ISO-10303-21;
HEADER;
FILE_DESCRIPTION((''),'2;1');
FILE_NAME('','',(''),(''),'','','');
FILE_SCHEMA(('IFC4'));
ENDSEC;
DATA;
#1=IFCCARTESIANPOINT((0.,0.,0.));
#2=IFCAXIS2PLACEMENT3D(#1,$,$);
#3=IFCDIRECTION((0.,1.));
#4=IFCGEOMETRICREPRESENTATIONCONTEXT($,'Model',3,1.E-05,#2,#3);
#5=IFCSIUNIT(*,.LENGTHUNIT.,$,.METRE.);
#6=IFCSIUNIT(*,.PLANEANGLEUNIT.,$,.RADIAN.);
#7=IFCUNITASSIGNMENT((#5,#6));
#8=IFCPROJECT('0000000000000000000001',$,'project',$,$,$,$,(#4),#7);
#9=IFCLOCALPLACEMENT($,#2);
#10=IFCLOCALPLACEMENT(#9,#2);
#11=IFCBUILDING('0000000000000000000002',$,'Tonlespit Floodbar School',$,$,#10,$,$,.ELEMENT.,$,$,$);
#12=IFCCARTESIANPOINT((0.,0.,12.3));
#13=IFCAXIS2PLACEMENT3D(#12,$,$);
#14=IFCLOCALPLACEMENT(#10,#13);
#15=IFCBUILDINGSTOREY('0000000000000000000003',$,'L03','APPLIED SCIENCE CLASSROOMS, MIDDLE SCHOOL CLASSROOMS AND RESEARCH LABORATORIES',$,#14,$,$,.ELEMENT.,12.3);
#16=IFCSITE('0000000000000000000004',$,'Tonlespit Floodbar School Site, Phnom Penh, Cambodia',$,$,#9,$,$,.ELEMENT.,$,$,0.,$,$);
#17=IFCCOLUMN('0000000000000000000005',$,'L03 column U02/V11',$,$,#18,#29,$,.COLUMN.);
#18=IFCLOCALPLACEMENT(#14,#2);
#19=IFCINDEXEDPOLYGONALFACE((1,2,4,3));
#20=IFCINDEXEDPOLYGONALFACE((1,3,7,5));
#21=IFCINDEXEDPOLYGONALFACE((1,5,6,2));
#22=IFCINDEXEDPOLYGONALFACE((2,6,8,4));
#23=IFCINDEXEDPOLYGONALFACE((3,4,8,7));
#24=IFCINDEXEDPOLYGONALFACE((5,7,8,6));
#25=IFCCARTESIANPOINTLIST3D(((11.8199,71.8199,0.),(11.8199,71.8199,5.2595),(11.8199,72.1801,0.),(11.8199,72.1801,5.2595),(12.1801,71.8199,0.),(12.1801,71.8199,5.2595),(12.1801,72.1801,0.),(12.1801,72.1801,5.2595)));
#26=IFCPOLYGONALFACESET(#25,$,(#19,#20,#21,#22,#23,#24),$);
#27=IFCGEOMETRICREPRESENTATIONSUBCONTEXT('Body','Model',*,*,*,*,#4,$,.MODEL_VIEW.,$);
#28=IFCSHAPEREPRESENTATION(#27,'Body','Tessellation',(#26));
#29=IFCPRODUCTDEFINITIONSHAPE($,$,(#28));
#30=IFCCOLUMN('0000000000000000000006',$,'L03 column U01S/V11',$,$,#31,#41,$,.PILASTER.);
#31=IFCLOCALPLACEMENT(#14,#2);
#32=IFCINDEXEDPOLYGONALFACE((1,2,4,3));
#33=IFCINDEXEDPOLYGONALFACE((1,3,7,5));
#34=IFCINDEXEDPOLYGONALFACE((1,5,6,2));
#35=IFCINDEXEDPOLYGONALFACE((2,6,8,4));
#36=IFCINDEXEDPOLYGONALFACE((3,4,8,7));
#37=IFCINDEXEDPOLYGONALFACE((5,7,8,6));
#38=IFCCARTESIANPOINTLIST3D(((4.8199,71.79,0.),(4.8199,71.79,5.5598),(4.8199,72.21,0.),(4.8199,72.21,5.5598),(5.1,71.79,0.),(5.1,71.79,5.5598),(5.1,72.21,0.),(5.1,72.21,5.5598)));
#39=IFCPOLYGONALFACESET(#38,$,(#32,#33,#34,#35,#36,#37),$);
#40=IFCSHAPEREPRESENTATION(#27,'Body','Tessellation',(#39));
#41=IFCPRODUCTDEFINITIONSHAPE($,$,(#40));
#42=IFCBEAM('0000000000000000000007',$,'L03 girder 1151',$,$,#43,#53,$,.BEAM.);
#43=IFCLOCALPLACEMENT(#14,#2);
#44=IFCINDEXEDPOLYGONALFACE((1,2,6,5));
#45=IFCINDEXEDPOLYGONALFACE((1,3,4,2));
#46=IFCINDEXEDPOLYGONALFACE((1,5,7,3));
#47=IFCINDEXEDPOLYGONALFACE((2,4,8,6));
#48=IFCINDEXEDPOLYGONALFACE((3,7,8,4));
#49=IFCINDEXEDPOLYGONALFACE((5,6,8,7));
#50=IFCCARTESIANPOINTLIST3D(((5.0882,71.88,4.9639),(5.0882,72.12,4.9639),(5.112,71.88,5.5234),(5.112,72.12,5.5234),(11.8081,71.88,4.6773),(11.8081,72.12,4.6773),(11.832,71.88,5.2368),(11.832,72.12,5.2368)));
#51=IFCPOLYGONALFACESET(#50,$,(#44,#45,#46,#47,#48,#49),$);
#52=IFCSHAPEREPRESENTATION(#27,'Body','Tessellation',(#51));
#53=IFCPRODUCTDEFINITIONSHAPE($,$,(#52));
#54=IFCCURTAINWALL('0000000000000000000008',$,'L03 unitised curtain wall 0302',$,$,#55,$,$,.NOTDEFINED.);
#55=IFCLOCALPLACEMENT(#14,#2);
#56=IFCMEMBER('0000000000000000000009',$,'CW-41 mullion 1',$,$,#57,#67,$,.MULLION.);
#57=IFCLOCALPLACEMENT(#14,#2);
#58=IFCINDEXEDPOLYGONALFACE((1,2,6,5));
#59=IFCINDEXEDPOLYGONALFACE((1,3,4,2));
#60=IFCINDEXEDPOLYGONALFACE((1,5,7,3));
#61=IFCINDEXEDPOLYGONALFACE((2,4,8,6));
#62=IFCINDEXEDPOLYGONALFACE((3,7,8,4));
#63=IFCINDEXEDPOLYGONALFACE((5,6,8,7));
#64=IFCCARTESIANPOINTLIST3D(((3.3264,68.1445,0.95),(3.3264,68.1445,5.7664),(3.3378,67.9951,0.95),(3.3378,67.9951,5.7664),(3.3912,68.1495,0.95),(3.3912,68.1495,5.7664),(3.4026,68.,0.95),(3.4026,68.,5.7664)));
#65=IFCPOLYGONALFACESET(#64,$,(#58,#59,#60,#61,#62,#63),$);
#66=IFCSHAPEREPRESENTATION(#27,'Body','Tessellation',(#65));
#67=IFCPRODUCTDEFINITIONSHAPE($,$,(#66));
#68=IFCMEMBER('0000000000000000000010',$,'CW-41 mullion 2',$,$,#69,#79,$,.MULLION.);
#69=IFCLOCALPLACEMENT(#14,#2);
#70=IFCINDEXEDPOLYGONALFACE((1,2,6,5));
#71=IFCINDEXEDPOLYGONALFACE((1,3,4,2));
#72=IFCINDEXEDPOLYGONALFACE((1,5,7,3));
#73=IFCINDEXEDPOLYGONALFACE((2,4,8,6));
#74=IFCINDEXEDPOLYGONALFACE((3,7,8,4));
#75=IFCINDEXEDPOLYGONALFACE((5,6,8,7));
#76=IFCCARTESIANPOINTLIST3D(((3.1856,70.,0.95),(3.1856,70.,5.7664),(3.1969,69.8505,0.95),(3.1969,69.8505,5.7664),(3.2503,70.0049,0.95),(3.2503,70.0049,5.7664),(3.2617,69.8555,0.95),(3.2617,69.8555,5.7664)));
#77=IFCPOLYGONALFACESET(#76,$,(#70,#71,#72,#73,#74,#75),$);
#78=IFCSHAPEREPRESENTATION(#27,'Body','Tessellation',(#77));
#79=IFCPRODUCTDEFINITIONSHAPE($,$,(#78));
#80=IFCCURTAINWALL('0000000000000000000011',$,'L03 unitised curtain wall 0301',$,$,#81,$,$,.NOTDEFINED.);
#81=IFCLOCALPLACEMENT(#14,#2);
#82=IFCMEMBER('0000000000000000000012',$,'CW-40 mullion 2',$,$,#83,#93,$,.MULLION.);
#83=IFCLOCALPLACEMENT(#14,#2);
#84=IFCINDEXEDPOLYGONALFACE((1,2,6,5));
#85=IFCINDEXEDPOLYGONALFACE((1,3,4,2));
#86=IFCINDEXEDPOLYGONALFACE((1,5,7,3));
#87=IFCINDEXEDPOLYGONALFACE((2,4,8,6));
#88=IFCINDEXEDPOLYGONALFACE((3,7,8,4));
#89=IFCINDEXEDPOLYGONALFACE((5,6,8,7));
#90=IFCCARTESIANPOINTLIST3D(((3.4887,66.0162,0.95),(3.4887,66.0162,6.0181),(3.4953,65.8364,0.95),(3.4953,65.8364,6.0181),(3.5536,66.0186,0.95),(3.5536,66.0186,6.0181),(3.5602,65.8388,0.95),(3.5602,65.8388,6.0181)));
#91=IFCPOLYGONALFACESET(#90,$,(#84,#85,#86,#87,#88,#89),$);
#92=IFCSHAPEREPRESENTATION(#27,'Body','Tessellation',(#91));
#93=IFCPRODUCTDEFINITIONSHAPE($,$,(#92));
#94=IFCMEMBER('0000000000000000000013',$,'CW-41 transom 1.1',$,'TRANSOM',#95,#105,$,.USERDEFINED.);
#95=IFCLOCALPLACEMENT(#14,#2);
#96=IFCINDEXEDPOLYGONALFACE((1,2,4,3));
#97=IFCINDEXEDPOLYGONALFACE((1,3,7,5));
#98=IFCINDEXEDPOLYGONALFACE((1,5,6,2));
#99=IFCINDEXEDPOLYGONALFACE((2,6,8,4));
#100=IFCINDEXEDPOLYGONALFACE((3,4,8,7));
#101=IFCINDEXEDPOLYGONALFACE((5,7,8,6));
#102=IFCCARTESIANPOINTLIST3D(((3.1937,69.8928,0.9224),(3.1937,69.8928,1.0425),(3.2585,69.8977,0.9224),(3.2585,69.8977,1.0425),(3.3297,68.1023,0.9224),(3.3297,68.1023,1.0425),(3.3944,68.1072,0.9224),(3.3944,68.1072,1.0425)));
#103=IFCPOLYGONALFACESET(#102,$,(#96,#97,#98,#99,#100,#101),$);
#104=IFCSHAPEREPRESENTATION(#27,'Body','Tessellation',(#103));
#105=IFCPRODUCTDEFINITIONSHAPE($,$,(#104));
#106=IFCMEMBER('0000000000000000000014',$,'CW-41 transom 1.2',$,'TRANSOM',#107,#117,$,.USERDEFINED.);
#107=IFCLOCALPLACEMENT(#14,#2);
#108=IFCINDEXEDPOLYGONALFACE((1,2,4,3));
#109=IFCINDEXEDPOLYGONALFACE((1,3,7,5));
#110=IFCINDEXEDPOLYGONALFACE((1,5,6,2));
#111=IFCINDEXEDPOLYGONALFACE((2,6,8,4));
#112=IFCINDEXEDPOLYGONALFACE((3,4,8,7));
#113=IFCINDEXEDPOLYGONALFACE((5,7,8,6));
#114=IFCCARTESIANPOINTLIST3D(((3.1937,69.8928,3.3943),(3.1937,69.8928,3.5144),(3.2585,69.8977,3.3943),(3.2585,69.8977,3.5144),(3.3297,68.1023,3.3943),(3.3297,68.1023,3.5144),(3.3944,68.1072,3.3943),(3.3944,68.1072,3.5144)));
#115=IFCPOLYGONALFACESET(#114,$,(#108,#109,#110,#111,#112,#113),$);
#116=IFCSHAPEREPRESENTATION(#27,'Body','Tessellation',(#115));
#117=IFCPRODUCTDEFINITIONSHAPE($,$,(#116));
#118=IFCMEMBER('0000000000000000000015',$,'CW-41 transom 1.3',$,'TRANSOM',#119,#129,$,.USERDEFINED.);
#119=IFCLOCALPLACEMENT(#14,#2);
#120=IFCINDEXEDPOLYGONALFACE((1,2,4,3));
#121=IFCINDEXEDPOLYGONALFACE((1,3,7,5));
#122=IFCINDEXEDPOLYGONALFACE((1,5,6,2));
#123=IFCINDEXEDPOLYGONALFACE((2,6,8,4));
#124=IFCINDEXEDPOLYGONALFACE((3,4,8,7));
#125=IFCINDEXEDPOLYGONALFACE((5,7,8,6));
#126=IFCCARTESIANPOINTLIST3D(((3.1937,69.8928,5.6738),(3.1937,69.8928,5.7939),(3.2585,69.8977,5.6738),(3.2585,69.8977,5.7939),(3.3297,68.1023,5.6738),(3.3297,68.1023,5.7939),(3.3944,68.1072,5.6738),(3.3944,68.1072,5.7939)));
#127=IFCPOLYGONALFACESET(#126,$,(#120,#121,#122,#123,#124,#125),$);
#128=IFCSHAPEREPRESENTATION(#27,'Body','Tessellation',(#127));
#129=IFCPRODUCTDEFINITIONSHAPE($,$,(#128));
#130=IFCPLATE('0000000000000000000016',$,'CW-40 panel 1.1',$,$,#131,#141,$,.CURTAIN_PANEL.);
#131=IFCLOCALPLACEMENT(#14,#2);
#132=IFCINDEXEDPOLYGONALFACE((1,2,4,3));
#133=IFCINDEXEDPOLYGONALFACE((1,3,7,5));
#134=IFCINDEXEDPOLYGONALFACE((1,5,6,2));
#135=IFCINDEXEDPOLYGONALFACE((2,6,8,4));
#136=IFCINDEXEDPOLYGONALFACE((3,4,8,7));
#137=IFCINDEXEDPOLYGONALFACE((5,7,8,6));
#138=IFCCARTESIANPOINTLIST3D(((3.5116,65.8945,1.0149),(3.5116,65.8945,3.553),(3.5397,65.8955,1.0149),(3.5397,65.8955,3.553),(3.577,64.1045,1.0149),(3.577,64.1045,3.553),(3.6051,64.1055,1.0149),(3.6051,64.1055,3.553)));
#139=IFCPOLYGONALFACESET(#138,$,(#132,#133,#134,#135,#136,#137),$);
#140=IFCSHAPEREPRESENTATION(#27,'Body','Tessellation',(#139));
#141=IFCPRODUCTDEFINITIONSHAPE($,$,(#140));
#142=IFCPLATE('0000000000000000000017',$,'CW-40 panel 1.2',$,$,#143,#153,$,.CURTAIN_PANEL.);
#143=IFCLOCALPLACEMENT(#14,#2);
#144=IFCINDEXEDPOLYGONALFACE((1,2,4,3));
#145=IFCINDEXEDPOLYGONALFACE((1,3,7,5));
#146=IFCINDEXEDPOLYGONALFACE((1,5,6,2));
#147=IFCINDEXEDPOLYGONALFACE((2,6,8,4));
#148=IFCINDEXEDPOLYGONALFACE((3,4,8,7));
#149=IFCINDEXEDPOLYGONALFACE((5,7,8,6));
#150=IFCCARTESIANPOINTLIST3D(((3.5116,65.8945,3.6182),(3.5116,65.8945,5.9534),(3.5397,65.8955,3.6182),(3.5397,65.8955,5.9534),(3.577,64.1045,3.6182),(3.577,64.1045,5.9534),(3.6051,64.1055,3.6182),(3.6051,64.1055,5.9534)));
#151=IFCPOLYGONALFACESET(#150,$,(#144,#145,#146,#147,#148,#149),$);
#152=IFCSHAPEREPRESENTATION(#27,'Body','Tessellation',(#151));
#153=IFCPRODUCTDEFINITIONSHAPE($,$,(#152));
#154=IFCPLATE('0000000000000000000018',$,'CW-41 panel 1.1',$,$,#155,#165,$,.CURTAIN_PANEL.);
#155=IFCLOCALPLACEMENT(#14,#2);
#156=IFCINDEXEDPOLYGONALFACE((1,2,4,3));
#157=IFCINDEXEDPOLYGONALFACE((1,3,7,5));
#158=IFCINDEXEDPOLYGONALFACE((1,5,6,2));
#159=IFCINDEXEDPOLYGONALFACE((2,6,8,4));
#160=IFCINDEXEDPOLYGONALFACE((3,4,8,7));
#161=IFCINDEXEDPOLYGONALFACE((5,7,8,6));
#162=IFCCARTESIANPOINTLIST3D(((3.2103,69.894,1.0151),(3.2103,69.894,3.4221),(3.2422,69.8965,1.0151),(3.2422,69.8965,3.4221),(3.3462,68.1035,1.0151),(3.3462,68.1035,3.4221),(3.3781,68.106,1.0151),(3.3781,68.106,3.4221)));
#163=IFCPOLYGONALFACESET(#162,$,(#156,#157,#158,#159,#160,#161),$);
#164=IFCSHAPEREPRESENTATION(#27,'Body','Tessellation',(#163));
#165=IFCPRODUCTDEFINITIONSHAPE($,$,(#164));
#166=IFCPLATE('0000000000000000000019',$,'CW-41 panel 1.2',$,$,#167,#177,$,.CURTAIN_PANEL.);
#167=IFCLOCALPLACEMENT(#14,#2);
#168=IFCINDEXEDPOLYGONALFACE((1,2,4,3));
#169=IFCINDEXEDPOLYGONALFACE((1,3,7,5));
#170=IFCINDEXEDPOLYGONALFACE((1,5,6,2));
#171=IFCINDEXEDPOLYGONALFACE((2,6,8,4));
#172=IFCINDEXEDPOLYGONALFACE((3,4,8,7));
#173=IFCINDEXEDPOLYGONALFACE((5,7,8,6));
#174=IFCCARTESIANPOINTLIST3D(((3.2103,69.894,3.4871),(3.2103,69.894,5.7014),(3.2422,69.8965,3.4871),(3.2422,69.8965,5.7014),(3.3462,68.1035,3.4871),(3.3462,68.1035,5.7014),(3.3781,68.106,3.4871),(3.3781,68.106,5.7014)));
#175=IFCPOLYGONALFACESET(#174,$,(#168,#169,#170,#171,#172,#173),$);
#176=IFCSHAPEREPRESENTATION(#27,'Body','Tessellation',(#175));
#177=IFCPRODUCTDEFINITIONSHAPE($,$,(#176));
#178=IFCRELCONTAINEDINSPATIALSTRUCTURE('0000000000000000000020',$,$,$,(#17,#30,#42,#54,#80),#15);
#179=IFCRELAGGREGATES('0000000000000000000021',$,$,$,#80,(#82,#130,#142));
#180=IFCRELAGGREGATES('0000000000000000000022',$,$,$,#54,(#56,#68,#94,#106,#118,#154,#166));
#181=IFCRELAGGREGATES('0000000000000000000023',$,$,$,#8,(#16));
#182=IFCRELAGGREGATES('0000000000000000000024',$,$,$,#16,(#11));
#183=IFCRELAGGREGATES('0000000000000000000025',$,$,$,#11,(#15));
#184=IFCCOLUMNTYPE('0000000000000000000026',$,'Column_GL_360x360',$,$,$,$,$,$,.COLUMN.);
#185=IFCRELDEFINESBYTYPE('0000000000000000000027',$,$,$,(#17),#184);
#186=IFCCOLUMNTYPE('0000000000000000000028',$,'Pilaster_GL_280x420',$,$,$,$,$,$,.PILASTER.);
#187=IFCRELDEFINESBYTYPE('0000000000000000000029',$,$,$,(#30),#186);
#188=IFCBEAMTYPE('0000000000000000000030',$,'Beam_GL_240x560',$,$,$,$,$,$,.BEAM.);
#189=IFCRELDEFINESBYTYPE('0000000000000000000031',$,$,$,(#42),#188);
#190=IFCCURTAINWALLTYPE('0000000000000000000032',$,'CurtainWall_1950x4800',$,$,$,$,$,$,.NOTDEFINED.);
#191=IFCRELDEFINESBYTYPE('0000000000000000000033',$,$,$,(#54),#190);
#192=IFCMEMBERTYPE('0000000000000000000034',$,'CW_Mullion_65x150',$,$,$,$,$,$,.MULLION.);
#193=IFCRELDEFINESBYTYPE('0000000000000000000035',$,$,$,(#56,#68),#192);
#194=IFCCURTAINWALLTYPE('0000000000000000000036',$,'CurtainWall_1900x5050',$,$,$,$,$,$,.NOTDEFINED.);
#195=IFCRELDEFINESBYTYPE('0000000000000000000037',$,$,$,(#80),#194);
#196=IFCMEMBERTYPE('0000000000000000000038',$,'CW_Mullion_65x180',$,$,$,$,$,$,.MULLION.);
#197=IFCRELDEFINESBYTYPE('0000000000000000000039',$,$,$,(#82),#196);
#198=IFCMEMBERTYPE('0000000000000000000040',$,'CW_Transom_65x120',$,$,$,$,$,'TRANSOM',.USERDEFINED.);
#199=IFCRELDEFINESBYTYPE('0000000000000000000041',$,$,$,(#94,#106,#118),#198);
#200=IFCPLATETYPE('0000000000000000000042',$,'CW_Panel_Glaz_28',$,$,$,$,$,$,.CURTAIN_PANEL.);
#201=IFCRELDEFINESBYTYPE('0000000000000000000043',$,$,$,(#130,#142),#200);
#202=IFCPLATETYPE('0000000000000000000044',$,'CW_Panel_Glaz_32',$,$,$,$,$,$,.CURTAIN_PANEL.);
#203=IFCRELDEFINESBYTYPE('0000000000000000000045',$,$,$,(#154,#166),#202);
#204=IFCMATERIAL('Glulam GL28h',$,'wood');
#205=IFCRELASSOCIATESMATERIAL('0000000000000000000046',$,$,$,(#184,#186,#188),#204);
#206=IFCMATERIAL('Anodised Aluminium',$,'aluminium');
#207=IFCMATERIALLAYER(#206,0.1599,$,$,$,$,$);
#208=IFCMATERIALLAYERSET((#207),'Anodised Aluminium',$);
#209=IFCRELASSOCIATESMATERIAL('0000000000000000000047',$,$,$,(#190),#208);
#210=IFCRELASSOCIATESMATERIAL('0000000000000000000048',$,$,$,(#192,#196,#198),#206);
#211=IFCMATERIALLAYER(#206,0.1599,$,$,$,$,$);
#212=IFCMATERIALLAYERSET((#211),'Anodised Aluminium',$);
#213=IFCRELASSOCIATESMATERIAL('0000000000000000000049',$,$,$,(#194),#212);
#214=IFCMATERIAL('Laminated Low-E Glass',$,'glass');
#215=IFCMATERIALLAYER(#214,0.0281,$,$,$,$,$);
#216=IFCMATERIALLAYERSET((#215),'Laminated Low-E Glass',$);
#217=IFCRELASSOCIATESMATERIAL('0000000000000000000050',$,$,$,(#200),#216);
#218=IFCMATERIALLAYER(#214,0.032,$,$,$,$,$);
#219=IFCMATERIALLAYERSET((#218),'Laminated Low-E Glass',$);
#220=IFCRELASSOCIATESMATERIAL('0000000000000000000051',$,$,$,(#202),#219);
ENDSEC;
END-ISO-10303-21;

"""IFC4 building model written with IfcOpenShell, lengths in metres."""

from ifc_helpers import new_model, si_unit, direction, frame, origin, origin_2d, place, context, subcontext, project, spatial, rectangle, extrude, material, layer, layer_set, material_profile, profile_set, type_object, element, aggregate, save


model = new_model("IFC4")

# Units and contexts
model_context = context("Model", 3, precision=1e-05, world=origin(), true_north=direction((0.0, 1.0)))
body_context = subcontext(model_context, "Body", "Model", "MODEL_VIEW")
ifc_project = project(units=[si_unit("LENGTHUNIT", "METRE"), si_unit("PLANEANGLEUNIT", "RADIAN")], contexts=[model_context])

# Site, building, storey
site_placement = place(None, origin())
site = spatial("IfcSite", under=ifc_project, at=site_placement, Name="Tonlespit Floodbar School Site, Phnom Penh, Cambodia", CompositionType="ELEMENT", RefElevation=0.0)
building_placement = place(site_placement, origin())
building = spatial("IfcBuilding", under=site, at=building_placement, Name="Tonlespit Floodbar School", CompositionType="ELEMENT")
storey_placement = place(building_placement, frame((0.0, 0.0, 12.3)))
storey = spatial("IfcBuildingStorey", under=building, at=storey_placement, Name="L03", Description="APPLIED SCIENCE CLASSROOMS, MIDDLE SCHOOL CLASSROOMS AND RESEARCH LABORATORIES", CompositionType="ELEMENT", Elevation=12.3)

# Columns
ifc_material_1 = material(Name="Glulam GL28h", Category="wood")
ifc_material_profile_1 = material_profile(ifc_material_1, rectangle(XDim=0.3601, YDim=0.3601, at=origin_2d()), Name="GL 360x360")
ifc_profile_set_1 = profile_set([ifc_material_profile_1], Name="Glulam GL28h")
column_type_1 = type_object("IfcColumnType", Name="Column_GL_360x360", PredefinedType="COLUMN", material=ifc_profile_set_1)
column_1_placement = place(storey_placement, frame((12.0, 72.0, 0.0), z_axis=(0.0, 0.0, 1.0), x_axis=(1.0, 0.0, 0.0)))
element("IfcColumn", 1, at=column_1_placement, inside=storey, type_object=column_type_1, Name="L03 column U02/V11", PredefinedType="COLUMN", context=body_context, shape_type="SweptSolid", body=[
    extrude(rectangle(XDim=0.3601, YDim=0.3601, at=origin_2d()), origin(), (0.0, 0.0, 1.0), 5.2595),
])
ifc_material_profile_2 = material_profile(ifc_material_1, rectangle(XDim=0.28, YDim=0.4199, at=origin_2d()), Name="GL 280x420")
ifc_profile_set_2 = profile_set([ifc_material_profile_2], Name="Glulam GL28h")
column_type_2 = type_object("IfcColumnType", Name="Pilaster_GL_280x420", PredefinedType="PILASTER", material=ifc_profile_set_2)
column_2_placement = place(storey_placement, frame((4.96, 72.0, 0.0), z_axis=(0.0, 0.0, 1.0), x_axis=(1.0, 0.0, 0.0)))
element("IfcColumn", 2, at=column_2_placement, inside=storey, type_object=column_type_2, Name="L03 column U01S/V11", PredefinedType="PILASTER", context=body_context, shape_type="SweptSolid", body=[
    extrude(rectangle(XDim=0.28, YDim=0.4199, at=origin_2d()), origin(), (0.0, 0.0, 1.0), 5.5598),
])

# Beam
ifc_material_profile_3 = material_profile(ifc_material_1, rectangle(XDim=0.24, YDim=0.5601, at=origin_2d()), Name="GL 240x560")
ifc_profile_set_3 = profile_set([ifc_material_profile_3], Name="Glulam GL28h")
beam_type = type_object("IfcBeamType", Name="Beam_GL_240x560", PredefinedType="BEAM", material=ifc_profile_set_3)
beam_placement = place(storey_placement, frame((5.1001, 72.0, 5.2437), z_axis=(0.999092, 0.0, -0.042613), x_axis=(0.0, 1.0, 0.0)))
element("IfcBeam", 3, at=beam_placement, inside=storey, type_object=beam_type, Name="L03 girder 1151", PredefinedType="BEAM", context=body_context, shape_type="SweptSolid", body=[
    extrude(rectangle(XDim=0.24, YDim=0.5601, at=origin_2d()), origin(), (0.0, 0.0, 1.0), 6.7261),
])

# Curtain wall, members
ifc_material_2 = material(Name="Anodised Aluminium", Category="aluminium")
ifc_layer_1 = layer(ifc_material_2, 0.1599)
ifc_layer_set_1 = layer_set([ifc_layer_1], Name="Anodised Aluminium")
curtain_wall_type_1 = type_object("IfcCurtainWallType", Name="CurtainWall_1950x4800", PredefinedType="NOTDEFINED", material=ifc_layer_set_1)
curtain_wall_1_placement = place(storey_placement, origin())
curtain_wall_1 = element("IfcCurtainWall", 4, at=curtain_wall_1_placement, inside=storey, type_object=curtain_wall_type_1, Name="L03 unitised curtain wall 0302", PredefinedType="NOTDEFINED")
ifc_material_profile_4 = material_profile(ifc_material_2, rectangle(XDim=0.0649, YDim=0.1499, at=origin_2d()), Name="ALU M65x150")
ifc_profile_set_4 = profile_set([ifc_material_profile_4], Name="Anodised Aluminium")
member_type_1 = type_object("IfcMemberType", Name="CW_Mullion_65x150", PredefinedType="MULLION", material=ifc_profile_set_4)
member_1_placement = place(storey_placement, frame((3.3645, 68.0723, 0.95), z_axis=(0.0, 0.0, 1.0), x_axis=(-0.99713, -0.075712, 0.0)))
member_1 = element("IfcMember", 5, at=member_1_placement, type_object=member_type_1, Name="CW-41 mullion 1", PredefinedType="MULLION", context=body_context, shape_type="SweptSolid", body=[
    extrude(rectangle(XDim=0.0649, YDim=0.1499, at=origin_2d()), origin(), (0.0, 0.0, 1.0), 4.8164),
])
member_2_placement = place(storey_placement, frame((3.2236, 69.9277, 0.95), z_axis=(0.0, 0.0, 1.0), x_axis=(-0.99713, -0.075712, 0.0)))
member_2 = element("IfcMember", 6, at=member_2_placement, type_object=member_type_1, Name="CW-41 mullion 2", PredefinedType="MULLION", context=body_context, shape_type="SweptSolid", body=[
    extrude(rectangle(XDim=0.0649, YDim=0.1499, at=origin_2d()), origin(), (0.0, 0.0, 1.0), 4.8164),
])

# Curtain wall, member
ifc_layer_2 = layer(ifc_material_2, 0.1599)
ifc_layer_set_2 = layer_set([ifc_layer_2], Name="Anodised Aluminium")
curtain_wall_type_2 = type_object("IfcCurtainWallType", Name="CurtainWall_1900x5050", PredefinedType="NOTDEFINED", material=ifc_layer_set_2)
curtain_wall_2_placement = place(storey_placement, origin())
curtain_wall_2 = element("IfcCurtainWall", 7, at=curtain_wall_2_placement, inside=storey, type_object=curtain_wall_type_2, Name="L03 unitised curtain wall 0301", PredefinedType="NOTDEFINED")
ifc_material_profile_5 = material_profile(ifc_material_2, rectangle(XDim=0.0649, YDim=0.1799, at=origin_2d()), Name="ALU M65x180")
ifc_profile_set_5 = profile_set([ifc_material_profile_5], Name="Anodised Aluminium")
member_type_2 = type_object("IfcMemberType", Name="CW_Mullion_65x180", PredefinedType="MULLION", material=ifc_profile_set_5)
member_3_placement = place(storey_placement, frame((3.5244, 65.9275, 0.95), z_axis=(0.0, 0.0, 1.0), x_axis=(-0.999332, -0.036538, 0.0)))
member_3 = element("IfcMember", 8, at=member_3_placement, type_object=member_type_2, Name="CW-40 mullion 2", PredefinedType="MULLION", context=body_context, shape_type="SweptSolid", body=[
    extrude(rectangle(XDim=0.0649, YDim=0.1799, at=origin_2d()), origin(), (0.0, 0.0, 1.0), 5.0681),
])

# Members
ifc_material_profile_6 = material_profile(ifc_material_2, rectangle(XDim=0.0649, YDim=0.1201, at=origin_2d()), Name="ALU T65x120")
ifc_profile_set_6 = profile_set([ifc_material_profile_6], Name="Anodised Aluminium")
member_type_3 = type_object("IfcMemberType", Name="CW_Transom_65x120", ElementType="TRANSOM", PredefinedType="USERDEFINED", material=ifc_profile_set_6)
member_4_placement = place(storey_placement, frame((3.3621, 68.1047, 0.9824), z_axis=(-0.07573, 0.997128, 0.0), x_axis=(-0.997128, -0.07573, 0.0)))
member_4 = element("IfcMember", 9, at=member_4_placement, type_object=member_type_3, Name="CW-41 transom 1.1", ObjectType="TRANSOM", PredefinedType="USERDEFINED", context=body_context, shape_type="SweptSolid", body=[
    extrude(rectangle(XDim=0.0649, YDim=0.1201, at=origin_2d()), origin(), (0.0, 0.0, 1.0), 1.7957),
])
member_5_placement = place(storey_placement, frame((3.3621, 68.1047, 3.4543), z_axis=(-0.07573, 0.997128, 0.0), x_axis=(-0.997128, -0.07573, 0.0)))
member_5 = element("IfcMember", 10, at=member_5_placement, type_object=member_type_3, Name="CW-41 transom 1.2", ObjectType="TRANSOM", PredefinedType="USERDEFINED", context=body_context, shape_type="SweptSolid", body=[
    extrude(rectangle(XDim=0.0649, YDim=0.1201, at=origin_2d()), origin(), (0.0, 0.0, 1.0), 1.7957),
])
member_6_placement = place(storey_placement, frame((3.3621, 68.1047, 5.7339), z_axis=(-0.07573, 0.997128, 0.0), x_axis=(-0.997128, -0.07573, 0.0)))
member_6 = element("IfcMember", 11, at=member_6_placement, type_object=member_type_3, Name="CW-41 transom 1.3", ObjectType="TRANSOM", PredefinedType="USERDEFINED", context=body_context, shape_type="SweptSolid", body=[
    extrude(rectangle(XDim=0.0649, YDim=0.1201, at=origin_2d()), origin(), (0.0, 0.0, 1.0), 1.7957),
])

# Plates
ifc_material_3 = material(Name="Laminated Low-E Glass", Category="glass")
ifc_layer_3 = layer(ifc_material_3, 0.0281)
ifc_layer_set_3 = layer_set([ifc_layer_3], Name="Laminated Low-E Glass")
plate_type_1 = type_object("IfcPlateType", Name="CW_Panel_Glaz_28", PredefinedType="CURTAIN_PANEL", material=ifc_layer_set_3)
plate_1_placement = place(storey_placement, frame((3.5583, 65.0, 1.0149), z_axis=(0.0, 0.0, 1.0), x_axis=(-0.036538, 0.999332, 0.0)))
plate_1 = element("IfcPlate", 12, at=plate_1_placement, type_object=plate_type_1, Name="CW-40 panel 1.1", PredefinedType="CURTAIN_PANEL", context=body_context, shape_type="SweptSolid", body=[
    extrude(rectangle(XDim=1.7913, YDim=0.0281, at=origin_2d()), origin(), (0.0, 0.0, 1.0), 2.5381),
])
plate_2_placement = place(storey_placement, frame((3.5583, 65.0, 3.6182), z_axis=(0.0, 0.0, 1.0), x_axis=(-0.036538, 0.999332, 0.0)))
plate_2 = element("IfcPlate", 13, at=plate_2_placement, type_object=plate_type_1, Name="CW-40 panel 1.2", PredefinedType="CURTAIN_PANEL", context=body_context, shape_type="SweptSolid", body=[
    extrude(rectangle(XDim=1.7913, YDim=0.0281, at=origin_2d()), origin(), (0.0, 0.0, 1.0), 2.3352),
])
aggregate(curtain_wall_2, [member_3, plate_1, plate_2])
ifc_layer_4 = layer(ifc_material_3, 0.032)
ifc_layer_set_4 = layer_set([ifc_layer_4], Name="Laminated Low-E Glass")
plate_type_2 = type_object("IfcPlateType", Name="CW_Panel_Glaz_32", PredefinedType="CURTAIN_PANEL", material=ifc_layer_set_4)
plate_3_placement = place(storey_placement, frame((3.2942, 69.0, 1.0151), z_axis=(0.0, 0.0, 1.0), x_axis=(-0.075712, 0.99713, 0.0)))
plate_3 = element("IfcPlate", 14, at=plate_3_placement, type_object=plate_type_2, Name="CW-41 panel 1.1", PredefinedType="CURTAIN_PANEL", context=body_context, shape_type="SweptSolid", body=[
    extrude(rectangle(XDim=1.7957, YDim=0.032, at=origin_2d()), origin(), (0.0, 0.0, 1.0), 2.407),
])
plate_4_placement = place(storey_placement, frame((3.2942, 69.0, 3.4871), z_axis=(0.0, 0.0, 1.0), x_axis=(-0.075712, 0.99713, 0.0)))
plate_4 = element("IfcPlate", 15, at=plate_4_placement, type_object=plate_type_2, Name="CW-41 panel 1.2", PredefinedType="CURTAIN_PANEL", context=body_context, shape_type="SweptSolid", body=[
    extrude(rectangle(XDim=1.7957, YDim=0.032, at=origin_2d()), origin(), (0.0, 0.0, 1.0), 2.2144),
])
aggregate(curtain_wall_1, [member_1, member_2, member_4, member_5, member_6, plate_3, plate_4])

save(model, "model.ifc")
